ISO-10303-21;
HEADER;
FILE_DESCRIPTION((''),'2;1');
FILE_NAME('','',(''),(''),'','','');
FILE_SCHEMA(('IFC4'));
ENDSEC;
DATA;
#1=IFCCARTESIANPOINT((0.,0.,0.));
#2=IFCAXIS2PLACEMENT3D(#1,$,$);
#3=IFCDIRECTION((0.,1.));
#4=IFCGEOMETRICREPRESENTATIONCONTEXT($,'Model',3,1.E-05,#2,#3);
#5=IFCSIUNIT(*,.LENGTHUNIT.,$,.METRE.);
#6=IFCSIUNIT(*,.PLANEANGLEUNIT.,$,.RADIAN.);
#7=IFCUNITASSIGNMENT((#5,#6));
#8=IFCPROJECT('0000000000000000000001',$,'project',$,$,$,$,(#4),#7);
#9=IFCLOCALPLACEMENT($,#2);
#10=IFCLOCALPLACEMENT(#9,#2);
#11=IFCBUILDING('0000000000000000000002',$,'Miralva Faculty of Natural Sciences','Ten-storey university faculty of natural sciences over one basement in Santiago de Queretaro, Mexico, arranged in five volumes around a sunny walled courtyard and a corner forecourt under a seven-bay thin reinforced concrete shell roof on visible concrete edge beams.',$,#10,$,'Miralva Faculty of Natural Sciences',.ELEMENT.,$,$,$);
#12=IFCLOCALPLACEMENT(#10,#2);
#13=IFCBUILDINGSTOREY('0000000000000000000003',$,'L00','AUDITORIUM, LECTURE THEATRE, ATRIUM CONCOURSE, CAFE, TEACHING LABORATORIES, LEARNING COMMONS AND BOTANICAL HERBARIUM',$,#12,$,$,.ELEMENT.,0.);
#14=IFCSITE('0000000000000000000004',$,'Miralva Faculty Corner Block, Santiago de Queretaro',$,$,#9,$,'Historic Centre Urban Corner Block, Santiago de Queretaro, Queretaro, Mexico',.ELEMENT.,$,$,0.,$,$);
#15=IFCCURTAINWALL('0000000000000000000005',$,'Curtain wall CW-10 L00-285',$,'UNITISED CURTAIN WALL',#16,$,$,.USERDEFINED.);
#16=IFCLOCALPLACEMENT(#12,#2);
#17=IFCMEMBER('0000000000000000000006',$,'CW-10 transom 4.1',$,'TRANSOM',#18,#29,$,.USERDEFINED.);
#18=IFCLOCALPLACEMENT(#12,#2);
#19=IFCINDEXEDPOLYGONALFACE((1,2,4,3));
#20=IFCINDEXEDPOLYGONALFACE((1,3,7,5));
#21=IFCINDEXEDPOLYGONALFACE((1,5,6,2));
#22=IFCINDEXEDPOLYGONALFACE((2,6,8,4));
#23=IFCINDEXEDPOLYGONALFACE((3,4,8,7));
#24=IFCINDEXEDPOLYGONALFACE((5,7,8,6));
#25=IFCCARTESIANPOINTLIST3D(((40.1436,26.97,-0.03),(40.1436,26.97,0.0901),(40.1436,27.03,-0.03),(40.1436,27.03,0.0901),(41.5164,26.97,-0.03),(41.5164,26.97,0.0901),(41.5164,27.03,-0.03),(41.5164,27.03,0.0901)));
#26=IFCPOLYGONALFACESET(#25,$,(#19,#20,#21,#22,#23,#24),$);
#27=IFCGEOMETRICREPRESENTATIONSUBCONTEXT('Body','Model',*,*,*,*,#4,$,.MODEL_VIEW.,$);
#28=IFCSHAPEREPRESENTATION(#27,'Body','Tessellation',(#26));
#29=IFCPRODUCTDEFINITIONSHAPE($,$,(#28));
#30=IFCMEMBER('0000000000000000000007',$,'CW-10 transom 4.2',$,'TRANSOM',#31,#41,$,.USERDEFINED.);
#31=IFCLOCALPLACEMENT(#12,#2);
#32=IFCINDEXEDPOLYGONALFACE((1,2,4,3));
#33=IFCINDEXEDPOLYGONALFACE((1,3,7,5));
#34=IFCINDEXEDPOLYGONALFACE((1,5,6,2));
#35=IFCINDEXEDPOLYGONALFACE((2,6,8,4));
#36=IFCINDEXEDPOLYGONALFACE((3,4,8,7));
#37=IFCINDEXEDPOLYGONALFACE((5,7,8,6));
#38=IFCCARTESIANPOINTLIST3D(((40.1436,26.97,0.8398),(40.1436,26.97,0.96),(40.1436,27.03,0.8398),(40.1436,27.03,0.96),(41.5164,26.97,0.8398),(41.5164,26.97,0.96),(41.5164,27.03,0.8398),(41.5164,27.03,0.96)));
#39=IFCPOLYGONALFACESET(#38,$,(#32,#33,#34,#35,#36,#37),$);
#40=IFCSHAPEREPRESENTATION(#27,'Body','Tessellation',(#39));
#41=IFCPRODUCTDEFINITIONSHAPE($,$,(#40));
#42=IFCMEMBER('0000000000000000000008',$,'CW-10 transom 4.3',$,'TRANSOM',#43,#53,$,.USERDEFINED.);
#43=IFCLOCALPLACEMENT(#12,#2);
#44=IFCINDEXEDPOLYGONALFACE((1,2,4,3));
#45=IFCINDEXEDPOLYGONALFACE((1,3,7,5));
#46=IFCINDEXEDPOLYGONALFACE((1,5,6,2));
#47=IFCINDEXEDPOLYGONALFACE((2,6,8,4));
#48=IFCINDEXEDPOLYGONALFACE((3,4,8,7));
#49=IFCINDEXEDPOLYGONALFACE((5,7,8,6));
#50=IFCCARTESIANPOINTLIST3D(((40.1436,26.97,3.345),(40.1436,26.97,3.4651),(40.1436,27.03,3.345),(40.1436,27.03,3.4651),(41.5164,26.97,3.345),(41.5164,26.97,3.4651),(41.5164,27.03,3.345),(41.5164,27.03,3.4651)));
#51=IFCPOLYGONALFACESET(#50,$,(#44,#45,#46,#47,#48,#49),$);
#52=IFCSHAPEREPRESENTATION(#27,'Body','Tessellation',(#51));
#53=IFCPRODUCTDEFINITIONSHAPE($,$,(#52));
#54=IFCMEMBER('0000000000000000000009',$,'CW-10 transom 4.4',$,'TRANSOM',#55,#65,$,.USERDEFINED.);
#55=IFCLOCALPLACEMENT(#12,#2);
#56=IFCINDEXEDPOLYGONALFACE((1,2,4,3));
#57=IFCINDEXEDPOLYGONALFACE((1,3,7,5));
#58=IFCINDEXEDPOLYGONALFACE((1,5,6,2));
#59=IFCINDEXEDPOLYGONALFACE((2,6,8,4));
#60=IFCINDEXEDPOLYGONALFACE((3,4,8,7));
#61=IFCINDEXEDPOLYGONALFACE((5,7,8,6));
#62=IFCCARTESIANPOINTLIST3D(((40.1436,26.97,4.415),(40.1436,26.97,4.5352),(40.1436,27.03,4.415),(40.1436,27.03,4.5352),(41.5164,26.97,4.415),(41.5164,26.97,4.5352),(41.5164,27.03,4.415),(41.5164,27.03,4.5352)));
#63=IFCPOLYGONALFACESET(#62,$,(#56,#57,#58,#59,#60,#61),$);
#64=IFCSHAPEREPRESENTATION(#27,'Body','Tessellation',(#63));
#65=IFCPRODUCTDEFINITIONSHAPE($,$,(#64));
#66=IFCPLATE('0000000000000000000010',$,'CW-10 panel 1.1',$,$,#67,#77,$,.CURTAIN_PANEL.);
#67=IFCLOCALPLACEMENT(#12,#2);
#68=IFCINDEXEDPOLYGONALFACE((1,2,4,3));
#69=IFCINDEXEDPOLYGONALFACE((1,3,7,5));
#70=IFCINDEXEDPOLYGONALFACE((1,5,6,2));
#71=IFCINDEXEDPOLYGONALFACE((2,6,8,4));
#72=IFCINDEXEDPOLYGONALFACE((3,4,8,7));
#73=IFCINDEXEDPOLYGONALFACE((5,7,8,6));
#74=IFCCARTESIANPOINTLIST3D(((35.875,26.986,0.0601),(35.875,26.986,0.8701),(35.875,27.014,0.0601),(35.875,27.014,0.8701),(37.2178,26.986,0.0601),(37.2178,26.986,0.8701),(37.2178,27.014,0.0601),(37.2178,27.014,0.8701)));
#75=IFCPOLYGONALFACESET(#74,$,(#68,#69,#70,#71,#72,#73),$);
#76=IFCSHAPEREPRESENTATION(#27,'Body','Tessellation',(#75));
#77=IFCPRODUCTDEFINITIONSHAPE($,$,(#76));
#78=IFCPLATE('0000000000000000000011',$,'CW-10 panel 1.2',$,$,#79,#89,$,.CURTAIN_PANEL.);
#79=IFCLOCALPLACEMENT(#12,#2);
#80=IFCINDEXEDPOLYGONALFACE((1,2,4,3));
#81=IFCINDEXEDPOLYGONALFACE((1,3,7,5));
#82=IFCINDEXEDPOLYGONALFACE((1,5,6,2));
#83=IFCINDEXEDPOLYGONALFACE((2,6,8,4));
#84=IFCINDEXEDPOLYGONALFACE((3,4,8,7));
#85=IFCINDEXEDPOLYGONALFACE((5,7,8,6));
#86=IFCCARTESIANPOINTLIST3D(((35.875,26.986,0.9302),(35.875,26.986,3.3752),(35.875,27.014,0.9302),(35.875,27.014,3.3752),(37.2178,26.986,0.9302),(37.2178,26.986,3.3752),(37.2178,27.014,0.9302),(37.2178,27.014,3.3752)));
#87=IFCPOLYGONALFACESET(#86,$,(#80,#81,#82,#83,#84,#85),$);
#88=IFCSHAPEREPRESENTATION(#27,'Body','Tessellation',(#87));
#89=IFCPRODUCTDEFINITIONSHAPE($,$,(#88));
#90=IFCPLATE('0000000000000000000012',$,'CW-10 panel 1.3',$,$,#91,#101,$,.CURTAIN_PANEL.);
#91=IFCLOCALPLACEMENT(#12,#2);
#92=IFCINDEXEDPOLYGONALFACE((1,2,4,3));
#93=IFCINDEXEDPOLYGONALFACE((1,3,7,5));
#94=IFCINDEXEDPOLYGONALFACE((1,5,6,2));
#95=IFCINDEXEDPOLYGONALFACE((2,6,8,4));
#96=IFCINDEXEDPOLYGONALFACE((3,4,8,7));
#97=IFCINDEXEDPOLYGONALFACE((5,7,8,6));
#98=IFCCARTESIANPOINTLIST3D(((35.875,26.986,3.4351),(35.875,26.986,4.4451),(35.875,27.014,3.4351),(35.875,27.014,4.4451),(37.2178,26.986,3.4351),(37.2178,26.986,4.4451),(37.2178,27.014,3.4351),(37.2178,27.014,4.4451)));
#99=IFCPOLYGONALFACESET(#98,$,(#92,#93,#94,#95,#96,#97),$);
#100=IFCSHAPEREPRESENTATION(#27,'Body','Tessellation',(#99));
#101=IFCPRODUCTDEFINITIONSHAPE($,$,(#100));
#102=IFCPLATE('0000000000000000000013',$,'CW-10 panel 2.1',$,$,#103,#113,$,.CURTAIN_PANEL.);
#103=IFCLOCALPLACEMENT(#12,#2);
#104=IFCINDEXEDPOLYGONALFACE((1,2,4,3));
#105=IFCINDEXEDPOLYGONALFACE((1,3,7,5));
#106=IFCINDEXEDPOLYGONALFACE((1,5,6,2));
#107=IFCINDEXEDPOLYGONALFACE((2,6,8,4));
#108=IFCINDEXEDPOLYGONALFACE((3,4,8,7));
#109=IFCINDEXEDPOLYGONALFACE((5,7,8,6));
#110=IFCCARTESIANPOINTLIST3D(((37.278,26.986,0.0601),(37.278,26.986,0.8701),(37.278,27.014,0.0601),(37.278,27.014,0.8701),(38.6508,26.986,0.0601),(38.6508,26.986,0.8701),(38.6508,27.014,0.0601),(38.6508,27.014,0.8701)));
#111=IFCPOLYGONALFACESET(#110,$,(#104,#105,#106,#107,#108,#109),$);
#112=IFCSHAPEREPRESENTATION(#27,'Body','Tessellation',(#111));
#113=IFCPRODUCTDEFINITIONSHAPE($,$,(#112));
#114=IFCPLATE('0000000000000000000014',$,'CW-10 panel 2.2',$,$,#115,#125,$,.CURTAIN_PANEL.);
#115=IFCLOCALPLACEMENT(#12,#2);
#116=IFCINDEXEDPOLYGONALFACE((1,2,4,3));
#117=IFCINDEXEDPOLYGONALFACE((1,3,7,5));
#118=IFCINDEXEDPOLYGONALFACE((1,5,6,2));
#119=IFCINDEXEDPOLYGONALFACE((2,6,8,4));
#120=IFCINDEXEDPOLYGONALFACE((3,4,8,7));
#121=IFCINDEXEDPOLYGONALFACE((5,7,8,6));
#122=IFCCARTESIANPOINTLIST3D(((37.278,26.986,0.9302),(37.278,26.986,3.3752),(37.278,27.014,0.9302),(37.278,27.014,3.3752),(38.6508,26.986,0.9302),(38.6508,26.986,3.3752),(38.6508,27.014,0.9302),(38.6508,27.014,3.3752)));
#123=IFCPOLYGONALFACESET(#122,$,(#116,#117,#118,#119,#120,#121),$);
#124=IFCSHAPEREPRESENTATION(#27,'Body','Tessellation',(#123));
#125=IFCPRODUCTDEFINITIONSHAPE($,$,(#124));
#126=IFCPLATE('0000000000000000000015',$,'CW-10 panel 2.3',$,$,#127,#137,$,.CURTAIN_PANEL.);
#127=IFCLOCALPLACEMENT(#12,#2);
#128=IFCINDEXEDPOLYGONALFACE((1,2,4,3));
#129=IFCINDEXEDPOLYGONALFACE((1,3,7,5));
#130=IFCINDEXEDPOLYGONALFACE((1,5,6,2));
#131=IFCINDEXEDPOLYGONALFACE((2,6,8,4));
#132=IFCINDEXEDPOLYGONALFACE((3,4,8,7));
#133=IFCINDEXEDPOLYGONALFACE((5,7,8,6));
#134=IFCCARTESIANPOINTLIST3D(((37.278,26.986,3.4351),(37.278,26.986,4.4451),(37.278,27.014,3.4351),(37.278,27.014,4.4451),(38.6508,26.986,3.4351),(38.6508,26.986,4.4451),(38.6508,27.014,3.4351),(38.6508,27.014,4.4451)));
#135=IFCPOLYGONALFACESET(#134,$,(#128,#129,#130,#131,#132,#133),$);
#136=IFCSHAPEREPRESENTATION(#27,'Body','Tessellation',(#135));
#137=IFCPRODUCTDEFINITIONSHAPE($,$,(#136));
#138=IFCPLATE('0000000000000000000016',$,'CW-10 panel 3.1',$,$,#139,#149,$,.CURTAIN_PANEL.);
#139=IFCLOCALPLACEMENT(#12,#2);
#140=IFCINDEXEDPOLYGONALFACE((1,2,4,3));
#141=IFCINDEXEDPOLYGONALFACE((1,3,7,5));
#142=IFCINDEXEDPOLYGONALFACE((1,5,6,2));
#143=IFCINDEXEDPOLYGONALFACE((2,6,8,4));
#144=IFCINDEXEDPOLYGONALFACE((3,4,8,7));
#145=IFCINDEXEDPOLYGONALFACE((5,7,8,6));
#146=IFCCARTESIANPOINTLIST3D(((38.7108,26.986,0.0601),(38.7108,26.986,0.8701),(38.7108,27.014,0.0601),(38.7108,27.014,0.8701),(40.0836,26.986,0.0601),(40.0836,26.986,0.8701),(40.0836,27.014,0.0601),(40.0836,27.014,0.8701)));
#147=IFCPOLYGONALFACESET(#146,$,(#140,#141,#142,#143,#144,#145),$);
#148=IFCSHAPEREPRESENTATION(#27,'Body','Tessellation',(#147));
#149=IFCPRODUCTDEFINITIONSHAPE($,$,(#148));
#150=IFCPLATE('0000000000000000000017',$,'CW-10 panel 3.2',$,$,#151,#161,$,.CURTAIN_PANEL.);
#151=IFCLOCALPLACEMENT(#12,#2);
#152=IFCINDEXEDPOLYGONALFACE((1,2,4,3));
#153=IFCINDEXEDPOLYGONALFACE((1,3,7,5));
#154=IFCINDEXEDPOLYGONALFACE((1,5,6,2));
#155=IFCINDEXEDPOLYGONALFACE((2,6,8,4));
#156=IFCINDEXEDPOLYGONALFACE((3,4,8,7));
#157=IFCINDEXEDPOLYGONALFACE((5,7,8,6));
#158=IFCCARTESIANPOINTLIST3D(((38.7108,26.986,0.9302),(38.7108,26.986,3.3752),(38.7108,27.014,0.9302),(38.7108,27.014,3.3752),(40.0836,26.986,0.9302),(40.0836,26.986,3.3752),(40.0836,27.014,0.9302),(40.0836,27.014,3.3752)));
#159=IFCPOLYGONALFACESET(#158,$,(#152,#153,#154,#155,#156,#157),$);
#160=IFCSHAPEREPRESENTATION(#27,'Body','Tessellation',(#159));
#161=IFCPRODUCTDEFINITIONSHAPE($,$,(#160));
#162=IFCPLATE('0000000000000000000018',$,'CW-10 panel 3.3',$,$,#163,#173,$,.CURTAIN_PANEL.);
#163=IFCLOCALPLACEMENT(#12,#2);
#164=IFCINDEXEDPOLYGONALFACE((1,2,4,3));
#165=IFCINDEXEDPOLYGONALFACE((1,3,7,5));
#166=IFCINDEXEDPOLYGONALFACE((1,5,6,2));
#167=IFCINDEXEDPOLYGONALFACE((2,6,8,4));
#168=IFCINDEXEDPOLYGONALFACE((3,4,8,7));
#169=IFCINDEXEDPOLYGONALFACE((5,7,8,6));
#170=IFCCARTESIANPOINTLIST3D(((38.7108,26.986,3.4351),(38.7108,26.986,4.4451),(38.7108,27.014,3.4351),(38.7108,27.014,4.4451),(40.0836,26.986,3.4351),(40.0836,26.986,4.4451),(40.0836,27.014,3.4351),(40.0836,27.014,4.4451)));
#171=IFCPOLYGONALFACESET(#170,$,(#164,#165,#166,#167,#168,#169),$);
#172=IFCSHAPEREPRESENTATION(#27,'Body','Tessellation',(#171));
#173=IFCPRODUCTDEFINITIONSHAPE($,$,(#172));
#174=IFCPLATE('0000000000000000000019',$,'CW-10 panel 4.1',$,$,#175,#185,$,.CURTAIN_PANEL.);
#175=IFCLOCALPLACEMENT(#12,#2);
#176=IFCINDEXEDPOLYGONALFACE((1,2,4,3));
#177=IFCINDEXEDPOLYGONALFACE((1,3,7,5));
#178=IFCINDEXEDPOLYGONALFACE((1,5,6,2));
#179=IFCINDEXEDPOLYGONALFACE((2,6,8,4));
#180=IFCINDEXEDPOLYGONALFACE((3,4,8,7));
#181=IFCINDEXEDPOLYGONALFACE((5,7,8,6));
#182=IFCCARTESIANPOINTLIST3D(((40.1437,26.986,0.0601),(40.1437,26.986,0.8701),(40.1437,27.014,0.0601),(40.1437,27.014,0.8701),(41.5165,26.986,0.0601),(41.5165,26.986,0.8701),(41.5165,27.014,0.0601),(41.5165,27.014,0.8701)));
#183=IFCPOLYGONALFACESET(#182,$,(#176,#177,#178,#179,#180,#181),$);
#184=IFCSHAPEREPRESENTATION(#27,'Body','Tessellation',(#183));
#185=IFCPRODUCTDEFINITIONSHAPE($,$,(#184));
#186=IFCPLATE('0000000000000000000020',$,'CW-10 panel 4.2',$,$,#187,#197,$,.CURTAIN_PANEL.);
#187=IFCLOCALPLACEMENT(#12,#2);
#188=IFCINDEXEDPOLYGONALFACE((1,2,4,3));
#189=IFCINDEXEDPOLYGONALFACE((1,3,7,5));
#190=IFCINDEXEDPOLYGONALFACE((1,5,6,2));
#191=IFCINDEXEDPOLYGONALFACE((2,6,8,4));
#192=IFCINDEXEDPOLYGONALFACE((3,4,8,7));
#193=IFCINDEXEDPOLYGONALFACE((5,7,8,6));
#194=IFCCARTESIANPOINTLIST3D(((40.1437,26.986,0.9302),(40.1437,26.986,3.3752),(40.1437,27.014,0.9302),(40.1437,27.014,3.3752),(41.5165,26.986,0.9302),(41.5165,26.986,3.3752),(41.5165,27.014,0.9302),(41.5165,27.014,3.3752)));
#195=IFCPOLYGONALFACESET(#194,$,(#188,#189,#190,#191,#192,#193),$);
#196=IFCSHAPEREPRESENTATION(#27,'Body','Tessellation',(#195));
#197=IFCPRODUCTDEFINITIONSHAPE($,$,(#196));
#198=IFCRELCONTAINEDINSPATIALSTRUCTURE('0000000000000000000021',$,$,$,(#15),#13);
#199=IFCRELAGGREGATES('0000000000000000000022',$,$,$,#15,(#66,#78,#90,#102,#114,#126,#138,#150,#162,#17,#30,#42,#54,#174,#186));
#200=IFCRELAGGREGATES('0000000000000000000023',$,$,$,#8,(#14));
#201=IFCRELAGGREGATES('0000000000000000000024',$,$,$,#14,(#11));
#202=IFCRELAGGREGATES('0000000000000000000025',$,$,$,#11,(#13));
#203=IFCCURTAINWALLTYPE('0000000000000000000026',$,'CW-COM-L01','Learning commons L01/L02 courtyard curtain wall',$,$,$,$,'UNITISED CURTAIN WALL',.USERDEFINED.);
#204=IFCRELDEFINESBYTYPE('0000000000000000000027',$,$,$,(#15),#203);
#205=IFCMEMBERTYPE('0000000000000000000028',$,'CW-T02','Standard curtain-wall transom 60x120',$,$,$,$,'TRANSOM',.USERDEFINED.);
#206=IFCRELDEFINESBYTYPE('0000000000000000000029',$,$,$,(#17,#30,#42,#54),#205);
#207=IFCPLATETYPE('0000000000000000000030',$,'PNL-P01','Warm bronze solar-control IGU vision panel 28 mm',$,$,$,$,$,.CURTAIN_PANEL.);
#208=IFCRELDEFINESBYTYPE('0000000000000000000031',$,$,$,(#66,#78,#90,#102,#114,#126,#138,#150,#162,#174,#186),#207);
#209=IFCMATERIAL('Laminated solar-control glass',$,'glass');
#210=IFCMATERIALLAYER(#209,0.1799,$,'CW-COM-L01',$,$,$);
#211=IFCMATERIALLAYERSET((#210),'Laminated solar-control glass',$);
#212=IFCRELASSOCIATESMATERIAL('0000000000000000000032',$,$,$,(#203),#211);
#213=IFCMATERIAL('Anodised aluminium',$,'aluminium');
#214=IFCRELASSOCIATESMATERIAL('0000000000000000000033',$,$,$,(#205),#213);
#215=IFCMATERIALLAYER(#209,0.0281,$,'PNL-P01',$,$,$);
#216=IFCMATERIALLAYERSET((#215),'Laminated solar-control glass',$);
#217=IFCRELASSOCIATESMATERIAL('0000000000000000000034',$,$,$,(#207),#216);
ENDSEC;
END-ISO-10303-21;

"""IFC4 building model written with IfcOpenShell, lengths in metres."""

from ifc_helpers import new_model, si_unit, direction, frame, origin, origin_2d, place, context, subcontext, project, spatial, rectangle, extrude, material, layer, layer_set, material_profile, profile_set, type_object, element, aggregate, save


model = new_model("IFC4")

# Units and contexts
model_context = context("Model", 3, precision=1e-05, world=origin(), true_north=direction((0.0, 1.0)))
body_context = subcontext(model_context, "Body", "Model", "MODEL_VIEW")
ifc_project = project(units=[si_unit("LENGTHUNIT", "METRE"), si_unit("PLANEANGLEUNIT", "RADIAN")], contexts=[model_context])

# Site, building, storey
site_placement = place(None, origin())
site = spatial("IfcSite", under=ifc_project, at=site_placement, Name="Miralva Faculty Corner Block, Santiago de Queretaro", LongName="Historic Centre Urban Corner Block, Santiago de Queretaro, Queretaro, Mexico", CompositionType="ELEMENT", RefElevation=0.0)
building_placement = place(site_placement, origin())
building = spatial("IfcBuilding", under=site, at=building_placement, Name="Miralva Faculty of Natural Sciences", Description="Ten-storey university faculty of natural sciences over one basement in Santiago de Queretaro, Mexico, arranged in five volumes around a sunny walled courtyard and a corner forecourt under a seven-bay thin reinforced concrete shell roof on visible concrete edge beams.", LongName="Miralva Faculty of Natural Sciences", CompositionType="ELEMENT")
storey_placement = place(building_placement, origin())
storey = spatial("IfcBuildingStorey", under=building, at=storey_placement, Name="L00", Description="AUDITORIUM, LECTURE THEATRE, ATRIUM CONCOURSE, CAFE, TEACHING LABORATORIES, LEARNING COMMONS AND BOTANICAL HERBARIUM", CompositionType="ELEMENT", Elevation=0.0)

# Curtain wall, members, plates
ifc_material_1 = material(Name="Laminated solar-control glass", Category="glass")
ifc_layer_1 = layer(ifc_material_1, 0.1799, Name="CW-COM-L01")
ifc_layer_set_1 = layer_set([ifc_layer_1], Name="Laminated solar-control glass")
curtain_wall_type = type_object("IfcCurtainWallType", Name="CW-COM-L01", Description="Learning commons L01/L02 courtyard curtain wall", ElementType="UNITISED CURTAIN WALL", PredefinedType="USERDEFINED", material=ifc_layer_set_1)
curtain_wall_placement = place(storey_placement, origin())
curtain_wall = element("IfcCurtainWall", 1, at=curtain_wall_placement, inside=storey, type_object=curtain_wall_type, Name="Curtain wall CW-10 L00-285", ObjectType="UNITISED CURTAIN WALL", PredefinedType="USERDEFINED")
ifc_material_2 = material(Name="Anodised aluminium", Category="aluminium")
ifc_material_profile_1 = material_profile(ifc_material_2, rectangle(XDim=0.0601, YDim=0.1201, at=origin_2d()), Name="TRANSOM 60x120")
ifc_profile_set_1 = profile_set([ifc_material_profile_1], Name="Anodised aluminium")
member_type_1 = type_object("IfcMemberType", Name="CW-T02", Description="Standard curtain-wall transom 60x120", ElementType="TRANSOM", PredefinedType="USERDEFINED", material=ifc_profile_set_1)
member_1_placement = place(storey_placement, frame((40.1436, 27.0, 0.03), z_axis=(1.0, 0.0, 0.0), x_axis=(0.0, 1.0, 0.0)))
member_1 = element("IfcMember", 2, at=member_1_placement, type_object=member_type_1, Name="CW-10 transom 4.1", ObjectType="TRANSOM", PredefinedType="USERDEFINED", context=body_context, shape_type="SweptSolid", body=[
    extrude(rectangle(XDim=0.0601, YDim=0.1201, at=origin_2d()), origin(), (0.0, 0.0, 1.0), 1.3728),
])
member_2_placement = place(storey_placement, frame((40.1436, 27.0, 0.8999), z_axis=(1.0, 0.0, 0.0), x_axis=(0.0, 1.0, 0.0)))
member_2 = element("IfcMember", 3, at=member_2_placement, type_object=member_type_1, Name="CW-10 transom 4.2", ObjectType="TRANSOM", PredefinedType="USERDEFINED", context=body_context, shape_type="SweptSolid", body=[
    extrude(rectangle(XDim=0.0601, YDim=0.1201, at=origin_2d()), origin(), (0.0, 0.0, 1.0), 1.3728),
])
member_3_placement = place(storey_placement, frame((40.1436, 27.0, 3.405), z_axis=(1.0, 0.0, 0.0), x_axis=(0.0, 1.0, 0.0)))
member_3 = element("IfcMember", 4, at=member_3_placement, type_object=member_type_1, Name="CW-10 transom 4.3", ObjectType="TRANSOM", PredefinedType="USERDEFINED", context=body_context, shape_type="SweptSolid", body=[
    extrude(rectangle(XDim=0.0601, YDim=0.1201, at=origin_2d()), origin(), (0.0, 0.0, 1.0), 1.3728),
])
member_4_placement = place(storey_placement, frame((40.1436, 27.0, 4.4751), z_axis=(1.0, 0.0, 0.0), x_axis=(0.0, 1.0, 0.0)))
member_4 = element("IfcMember", 5, at=member_4_placement, type_object=member_type_1, Name="CW-10 transom 4.4", ObjectType="TRANSOM", PredefinedType="USERDEFINED", context=body_context, shape_type="SweptSolid", body=[
    extrude(rectangle(XDim=0.0601, YDim=0.1201, at=origin_2d()), origin(), (0.0, 0.0, 1.0), 1.3728),
])
ifc_layer_2 = layer(ifc_material_1, 0.0281, Name="PNL-P01")
ifc_layer_set_2 = layer_set([ifc_layer_2], Name="Laminated solar-control glass")
plate_type = type_object("IfcPlateType", Name="PNL-P01", Description="Warm bronze solar-control IGU vision panel 28 mm", PredefinedType="CURTAIN_PANEL", material=ifc_layer_set_2)
plate_1_placement = place(storey_placement, frame((36.5464, 27.0, 0.0601), z_axis=(0.0, 0.0, 1.0), x_axis=(1.0, 0.0, 0.0)))
plate_1 = element("IfcPlate", 6, at=plate_1_placement, type_object=plate_type, Name="CW-10 panel 1.1", PredefinedType="CURTAIN_PANEL", context=body_context, shape_type="SweptSolid", body=[
    extrude(rectangle(XDim=1.3428, YDim=0.0281, at=origin_2d()), origin(), (0.0, 0.0, 1.0), 0.8101),
])
plate_2_placement = place(storey_placement, frame((36.5464, 27.0, 0.9302), z_axis=(0.0, 0.0, 1.0), x_axis=(1.0, 0.0, 0.0)))
plate_2 = element("IfcPlate", 7, at=plate_2_placement, type_object=plate_type, Name="CW-10 panel 1.2", PredefinedType="CURTAIN_PANEL", context=body_context, shape_type="SweptSolid", body=[
    extrude(rectangle(XDim=1.3428, YDim=0.0281, at=origin_2d()), origin(), (0.0, 0.0, 1.0), 2.4451),
])
plate_3_placement = place(storey_placement, frame((36.5464, 27.0, 3.4351), z_axis=(0.0, 0.0, 1.0), x_axis=(1.0, 0.0, 0.0)))
plate_3 = element("IfcPlate", 8, at=plate_3_placement, type_object=plate_type, Name="CW-10 panel 1.3", PredefinedType="CURTAIN_PANEL", context=body_context, shape_type="SweptSolid", body=[
    extrude(rectangle(XDim=1.3428, YDim=0.0281, at=origin_2d()), origin(), (0.0, 0.0, 1.0), 1.01),
])
plate_4_placement = place(storey_placement, frame((37.9644, 27.0, 0.0601), z_axis=(0.0, 0.0, 1.0), x_axis=(1.0, 0.0, 0.0)))
plate_4 = element("IfcPlate", 9, at=plate_4_placement, type_object=plate_type, Name="CW-10 panel 2.1", PredefinedType="CURTAIN_PANEL", context=body_context, shape_type="SweptSolid", body=[
    extrude(rectangle(XDim=1.3728, YDim=0.0281, at=origin_2d()), origin(), (0.0, 0.0, 1.0), 0.8101),
])
plate_5_placement = place(storey_placement, frame((37.9644, 27.0, 0.9302), z_axis=(0.0, 0.0, 1.0), x_axis=(1.0, 0.0, 0.0)))
plate_5 = element("IfcPlate", 10, at=plate_5_placement, type_object=plate_type, Name="CW-10 panel 2.2", PredefinedType="CURTAIN_PANEL", context=body_context, shape_type="SweptSolid", body=[
    extrude(rectangle(XDim=1.3728, YDim=0.0281, at=origin_2d()), origin(), (0.0, 0.0, 1.0), 2.4451),
])
plate_6_placement = place(storey_placement, frame((37.9644, 27.0, 3.4351), z_axis=(0.0, 0.0, 1.0), x_axis=(1.0, 0.0, 0.0)))
plate_6 = element("IfcPlate", 11, at=plate_6_placement, type_object=plate_type, Name="CW-10 panel 2.3", PredefinedType="CURTAIN_PANEL", context=body_context, shape_type="SweptSolid", body=[
    extrude(rectangle(XDim=1.3728, YDim=0.0281, at=origin_2d()), origin(), (0.0, 0.0, 1.0), 1.01),
])
plate_7_placement = place(storey_placement, frame((39.3972, 27.0, 0.0601), z_axis=(0.0, 0.0, 1.0), x_axis=(1.0, 0.0, 0.0)))
plate_7 = element("IfcPlate", 12, at=plate_7_placement, type_object=plate_type, Name="CW-10 panel 3.1", PredefinedType="CURTAIN_PANEL", context=body_context, shape_type="SweptSolid", body=[
    extrude(rectangle(XDim=1.3728, YDim=0.0281, at=origin_2d()), origin(), (0.0, 0.0, 1.0), 0.8101),
])
plate_8_placement = place(storey_placement, frame((39.3972, 27.0, 0.9302), z_axis=(0.0, 0.0, 1.0), x_axis=(1.0, 0.0, 0.0)))
plate_8 = element("IfcPlate", 13, at=plate_8_placement, type_object=plate_type, Name="CW-10 panel 3.2", PredefinedType="CURTAIN_PANEL", context=body_context, shape_type="SweptSolid", body=[
    extrude(rectangle(XDim=1.3728, YDim=0.0281, at=origin_2d()), origin(), (0.0, 0.0, 1.0), 2.4451),
])
plate_9_placement = place(storey_placement, frame((39.3972, 27.0, 3.4351), z_axis=(0.0, 0.0, 1.0), x_axis=(1.0, 0.0, 0.0)))
plate_9 = element("IfcPlate", 14, at=plate_9_placement, type_object=plate_type, Name="CW-10 panel 3.3", PredefinedType="CURTAIN_PANEL", context=body_context, shape_type="SweptSolid", body=[
    extrude(rectangle(XDim=1.3728, YDim=0.0281, at=origin_2d()), origin(), (0.0, 0.0, 1.0), 1.01),
])
plate_10_placement = place(storey_placement, frame((40.8301, 27.0, 0.0601), z_axis=(0.0, 0.0, 1.0), x_axis=(1.0, 0.0, 0.0)))
plate_10 = element("IfcPlate", 15, at=plate_10_placement, type_object=plate_type, Name="CW-10 panel 4.1", PredefinedType="CURTAIN_PANEL", context=body_context, shape_type="SweptSolid", body=[
    extrude(rectangle(XDim=1.3728, YDim=0.0281, at=origin_2d()), origin(), (0.0, 0.0, 1.0), 0.8101),
])
plate_11_placement = place(storey_placement, frame((40.8301, 27.0, 0.9302), z_axis=(0.0, 0.0, 1.0), x_axis=(1.0, 0.0, 0.0)))
plate_11 = element("IfcPlate", 16, at=plate_11_placement, type_object=plate_type, Name="CW-10 panel 4.2", PredefinedType="CURTAIN_PANEL", context=body_context, shape_type="SweptSolid", body=[
    extrude(rectangle(XDim=1.3728, YDim=0.0281, at=origin_2d()), origin(), (0.0, 0.0, 1.0), 2.4451),
])
aggregate(curtain_wall, [plate_1, plate_2, plate_3, plate_4, plate_5, plate_6, plate_7, plate_8, plate_9, member_1, member_2, member_3, member_4, plate_10, plate_11])

save(model, "model.ifc")
